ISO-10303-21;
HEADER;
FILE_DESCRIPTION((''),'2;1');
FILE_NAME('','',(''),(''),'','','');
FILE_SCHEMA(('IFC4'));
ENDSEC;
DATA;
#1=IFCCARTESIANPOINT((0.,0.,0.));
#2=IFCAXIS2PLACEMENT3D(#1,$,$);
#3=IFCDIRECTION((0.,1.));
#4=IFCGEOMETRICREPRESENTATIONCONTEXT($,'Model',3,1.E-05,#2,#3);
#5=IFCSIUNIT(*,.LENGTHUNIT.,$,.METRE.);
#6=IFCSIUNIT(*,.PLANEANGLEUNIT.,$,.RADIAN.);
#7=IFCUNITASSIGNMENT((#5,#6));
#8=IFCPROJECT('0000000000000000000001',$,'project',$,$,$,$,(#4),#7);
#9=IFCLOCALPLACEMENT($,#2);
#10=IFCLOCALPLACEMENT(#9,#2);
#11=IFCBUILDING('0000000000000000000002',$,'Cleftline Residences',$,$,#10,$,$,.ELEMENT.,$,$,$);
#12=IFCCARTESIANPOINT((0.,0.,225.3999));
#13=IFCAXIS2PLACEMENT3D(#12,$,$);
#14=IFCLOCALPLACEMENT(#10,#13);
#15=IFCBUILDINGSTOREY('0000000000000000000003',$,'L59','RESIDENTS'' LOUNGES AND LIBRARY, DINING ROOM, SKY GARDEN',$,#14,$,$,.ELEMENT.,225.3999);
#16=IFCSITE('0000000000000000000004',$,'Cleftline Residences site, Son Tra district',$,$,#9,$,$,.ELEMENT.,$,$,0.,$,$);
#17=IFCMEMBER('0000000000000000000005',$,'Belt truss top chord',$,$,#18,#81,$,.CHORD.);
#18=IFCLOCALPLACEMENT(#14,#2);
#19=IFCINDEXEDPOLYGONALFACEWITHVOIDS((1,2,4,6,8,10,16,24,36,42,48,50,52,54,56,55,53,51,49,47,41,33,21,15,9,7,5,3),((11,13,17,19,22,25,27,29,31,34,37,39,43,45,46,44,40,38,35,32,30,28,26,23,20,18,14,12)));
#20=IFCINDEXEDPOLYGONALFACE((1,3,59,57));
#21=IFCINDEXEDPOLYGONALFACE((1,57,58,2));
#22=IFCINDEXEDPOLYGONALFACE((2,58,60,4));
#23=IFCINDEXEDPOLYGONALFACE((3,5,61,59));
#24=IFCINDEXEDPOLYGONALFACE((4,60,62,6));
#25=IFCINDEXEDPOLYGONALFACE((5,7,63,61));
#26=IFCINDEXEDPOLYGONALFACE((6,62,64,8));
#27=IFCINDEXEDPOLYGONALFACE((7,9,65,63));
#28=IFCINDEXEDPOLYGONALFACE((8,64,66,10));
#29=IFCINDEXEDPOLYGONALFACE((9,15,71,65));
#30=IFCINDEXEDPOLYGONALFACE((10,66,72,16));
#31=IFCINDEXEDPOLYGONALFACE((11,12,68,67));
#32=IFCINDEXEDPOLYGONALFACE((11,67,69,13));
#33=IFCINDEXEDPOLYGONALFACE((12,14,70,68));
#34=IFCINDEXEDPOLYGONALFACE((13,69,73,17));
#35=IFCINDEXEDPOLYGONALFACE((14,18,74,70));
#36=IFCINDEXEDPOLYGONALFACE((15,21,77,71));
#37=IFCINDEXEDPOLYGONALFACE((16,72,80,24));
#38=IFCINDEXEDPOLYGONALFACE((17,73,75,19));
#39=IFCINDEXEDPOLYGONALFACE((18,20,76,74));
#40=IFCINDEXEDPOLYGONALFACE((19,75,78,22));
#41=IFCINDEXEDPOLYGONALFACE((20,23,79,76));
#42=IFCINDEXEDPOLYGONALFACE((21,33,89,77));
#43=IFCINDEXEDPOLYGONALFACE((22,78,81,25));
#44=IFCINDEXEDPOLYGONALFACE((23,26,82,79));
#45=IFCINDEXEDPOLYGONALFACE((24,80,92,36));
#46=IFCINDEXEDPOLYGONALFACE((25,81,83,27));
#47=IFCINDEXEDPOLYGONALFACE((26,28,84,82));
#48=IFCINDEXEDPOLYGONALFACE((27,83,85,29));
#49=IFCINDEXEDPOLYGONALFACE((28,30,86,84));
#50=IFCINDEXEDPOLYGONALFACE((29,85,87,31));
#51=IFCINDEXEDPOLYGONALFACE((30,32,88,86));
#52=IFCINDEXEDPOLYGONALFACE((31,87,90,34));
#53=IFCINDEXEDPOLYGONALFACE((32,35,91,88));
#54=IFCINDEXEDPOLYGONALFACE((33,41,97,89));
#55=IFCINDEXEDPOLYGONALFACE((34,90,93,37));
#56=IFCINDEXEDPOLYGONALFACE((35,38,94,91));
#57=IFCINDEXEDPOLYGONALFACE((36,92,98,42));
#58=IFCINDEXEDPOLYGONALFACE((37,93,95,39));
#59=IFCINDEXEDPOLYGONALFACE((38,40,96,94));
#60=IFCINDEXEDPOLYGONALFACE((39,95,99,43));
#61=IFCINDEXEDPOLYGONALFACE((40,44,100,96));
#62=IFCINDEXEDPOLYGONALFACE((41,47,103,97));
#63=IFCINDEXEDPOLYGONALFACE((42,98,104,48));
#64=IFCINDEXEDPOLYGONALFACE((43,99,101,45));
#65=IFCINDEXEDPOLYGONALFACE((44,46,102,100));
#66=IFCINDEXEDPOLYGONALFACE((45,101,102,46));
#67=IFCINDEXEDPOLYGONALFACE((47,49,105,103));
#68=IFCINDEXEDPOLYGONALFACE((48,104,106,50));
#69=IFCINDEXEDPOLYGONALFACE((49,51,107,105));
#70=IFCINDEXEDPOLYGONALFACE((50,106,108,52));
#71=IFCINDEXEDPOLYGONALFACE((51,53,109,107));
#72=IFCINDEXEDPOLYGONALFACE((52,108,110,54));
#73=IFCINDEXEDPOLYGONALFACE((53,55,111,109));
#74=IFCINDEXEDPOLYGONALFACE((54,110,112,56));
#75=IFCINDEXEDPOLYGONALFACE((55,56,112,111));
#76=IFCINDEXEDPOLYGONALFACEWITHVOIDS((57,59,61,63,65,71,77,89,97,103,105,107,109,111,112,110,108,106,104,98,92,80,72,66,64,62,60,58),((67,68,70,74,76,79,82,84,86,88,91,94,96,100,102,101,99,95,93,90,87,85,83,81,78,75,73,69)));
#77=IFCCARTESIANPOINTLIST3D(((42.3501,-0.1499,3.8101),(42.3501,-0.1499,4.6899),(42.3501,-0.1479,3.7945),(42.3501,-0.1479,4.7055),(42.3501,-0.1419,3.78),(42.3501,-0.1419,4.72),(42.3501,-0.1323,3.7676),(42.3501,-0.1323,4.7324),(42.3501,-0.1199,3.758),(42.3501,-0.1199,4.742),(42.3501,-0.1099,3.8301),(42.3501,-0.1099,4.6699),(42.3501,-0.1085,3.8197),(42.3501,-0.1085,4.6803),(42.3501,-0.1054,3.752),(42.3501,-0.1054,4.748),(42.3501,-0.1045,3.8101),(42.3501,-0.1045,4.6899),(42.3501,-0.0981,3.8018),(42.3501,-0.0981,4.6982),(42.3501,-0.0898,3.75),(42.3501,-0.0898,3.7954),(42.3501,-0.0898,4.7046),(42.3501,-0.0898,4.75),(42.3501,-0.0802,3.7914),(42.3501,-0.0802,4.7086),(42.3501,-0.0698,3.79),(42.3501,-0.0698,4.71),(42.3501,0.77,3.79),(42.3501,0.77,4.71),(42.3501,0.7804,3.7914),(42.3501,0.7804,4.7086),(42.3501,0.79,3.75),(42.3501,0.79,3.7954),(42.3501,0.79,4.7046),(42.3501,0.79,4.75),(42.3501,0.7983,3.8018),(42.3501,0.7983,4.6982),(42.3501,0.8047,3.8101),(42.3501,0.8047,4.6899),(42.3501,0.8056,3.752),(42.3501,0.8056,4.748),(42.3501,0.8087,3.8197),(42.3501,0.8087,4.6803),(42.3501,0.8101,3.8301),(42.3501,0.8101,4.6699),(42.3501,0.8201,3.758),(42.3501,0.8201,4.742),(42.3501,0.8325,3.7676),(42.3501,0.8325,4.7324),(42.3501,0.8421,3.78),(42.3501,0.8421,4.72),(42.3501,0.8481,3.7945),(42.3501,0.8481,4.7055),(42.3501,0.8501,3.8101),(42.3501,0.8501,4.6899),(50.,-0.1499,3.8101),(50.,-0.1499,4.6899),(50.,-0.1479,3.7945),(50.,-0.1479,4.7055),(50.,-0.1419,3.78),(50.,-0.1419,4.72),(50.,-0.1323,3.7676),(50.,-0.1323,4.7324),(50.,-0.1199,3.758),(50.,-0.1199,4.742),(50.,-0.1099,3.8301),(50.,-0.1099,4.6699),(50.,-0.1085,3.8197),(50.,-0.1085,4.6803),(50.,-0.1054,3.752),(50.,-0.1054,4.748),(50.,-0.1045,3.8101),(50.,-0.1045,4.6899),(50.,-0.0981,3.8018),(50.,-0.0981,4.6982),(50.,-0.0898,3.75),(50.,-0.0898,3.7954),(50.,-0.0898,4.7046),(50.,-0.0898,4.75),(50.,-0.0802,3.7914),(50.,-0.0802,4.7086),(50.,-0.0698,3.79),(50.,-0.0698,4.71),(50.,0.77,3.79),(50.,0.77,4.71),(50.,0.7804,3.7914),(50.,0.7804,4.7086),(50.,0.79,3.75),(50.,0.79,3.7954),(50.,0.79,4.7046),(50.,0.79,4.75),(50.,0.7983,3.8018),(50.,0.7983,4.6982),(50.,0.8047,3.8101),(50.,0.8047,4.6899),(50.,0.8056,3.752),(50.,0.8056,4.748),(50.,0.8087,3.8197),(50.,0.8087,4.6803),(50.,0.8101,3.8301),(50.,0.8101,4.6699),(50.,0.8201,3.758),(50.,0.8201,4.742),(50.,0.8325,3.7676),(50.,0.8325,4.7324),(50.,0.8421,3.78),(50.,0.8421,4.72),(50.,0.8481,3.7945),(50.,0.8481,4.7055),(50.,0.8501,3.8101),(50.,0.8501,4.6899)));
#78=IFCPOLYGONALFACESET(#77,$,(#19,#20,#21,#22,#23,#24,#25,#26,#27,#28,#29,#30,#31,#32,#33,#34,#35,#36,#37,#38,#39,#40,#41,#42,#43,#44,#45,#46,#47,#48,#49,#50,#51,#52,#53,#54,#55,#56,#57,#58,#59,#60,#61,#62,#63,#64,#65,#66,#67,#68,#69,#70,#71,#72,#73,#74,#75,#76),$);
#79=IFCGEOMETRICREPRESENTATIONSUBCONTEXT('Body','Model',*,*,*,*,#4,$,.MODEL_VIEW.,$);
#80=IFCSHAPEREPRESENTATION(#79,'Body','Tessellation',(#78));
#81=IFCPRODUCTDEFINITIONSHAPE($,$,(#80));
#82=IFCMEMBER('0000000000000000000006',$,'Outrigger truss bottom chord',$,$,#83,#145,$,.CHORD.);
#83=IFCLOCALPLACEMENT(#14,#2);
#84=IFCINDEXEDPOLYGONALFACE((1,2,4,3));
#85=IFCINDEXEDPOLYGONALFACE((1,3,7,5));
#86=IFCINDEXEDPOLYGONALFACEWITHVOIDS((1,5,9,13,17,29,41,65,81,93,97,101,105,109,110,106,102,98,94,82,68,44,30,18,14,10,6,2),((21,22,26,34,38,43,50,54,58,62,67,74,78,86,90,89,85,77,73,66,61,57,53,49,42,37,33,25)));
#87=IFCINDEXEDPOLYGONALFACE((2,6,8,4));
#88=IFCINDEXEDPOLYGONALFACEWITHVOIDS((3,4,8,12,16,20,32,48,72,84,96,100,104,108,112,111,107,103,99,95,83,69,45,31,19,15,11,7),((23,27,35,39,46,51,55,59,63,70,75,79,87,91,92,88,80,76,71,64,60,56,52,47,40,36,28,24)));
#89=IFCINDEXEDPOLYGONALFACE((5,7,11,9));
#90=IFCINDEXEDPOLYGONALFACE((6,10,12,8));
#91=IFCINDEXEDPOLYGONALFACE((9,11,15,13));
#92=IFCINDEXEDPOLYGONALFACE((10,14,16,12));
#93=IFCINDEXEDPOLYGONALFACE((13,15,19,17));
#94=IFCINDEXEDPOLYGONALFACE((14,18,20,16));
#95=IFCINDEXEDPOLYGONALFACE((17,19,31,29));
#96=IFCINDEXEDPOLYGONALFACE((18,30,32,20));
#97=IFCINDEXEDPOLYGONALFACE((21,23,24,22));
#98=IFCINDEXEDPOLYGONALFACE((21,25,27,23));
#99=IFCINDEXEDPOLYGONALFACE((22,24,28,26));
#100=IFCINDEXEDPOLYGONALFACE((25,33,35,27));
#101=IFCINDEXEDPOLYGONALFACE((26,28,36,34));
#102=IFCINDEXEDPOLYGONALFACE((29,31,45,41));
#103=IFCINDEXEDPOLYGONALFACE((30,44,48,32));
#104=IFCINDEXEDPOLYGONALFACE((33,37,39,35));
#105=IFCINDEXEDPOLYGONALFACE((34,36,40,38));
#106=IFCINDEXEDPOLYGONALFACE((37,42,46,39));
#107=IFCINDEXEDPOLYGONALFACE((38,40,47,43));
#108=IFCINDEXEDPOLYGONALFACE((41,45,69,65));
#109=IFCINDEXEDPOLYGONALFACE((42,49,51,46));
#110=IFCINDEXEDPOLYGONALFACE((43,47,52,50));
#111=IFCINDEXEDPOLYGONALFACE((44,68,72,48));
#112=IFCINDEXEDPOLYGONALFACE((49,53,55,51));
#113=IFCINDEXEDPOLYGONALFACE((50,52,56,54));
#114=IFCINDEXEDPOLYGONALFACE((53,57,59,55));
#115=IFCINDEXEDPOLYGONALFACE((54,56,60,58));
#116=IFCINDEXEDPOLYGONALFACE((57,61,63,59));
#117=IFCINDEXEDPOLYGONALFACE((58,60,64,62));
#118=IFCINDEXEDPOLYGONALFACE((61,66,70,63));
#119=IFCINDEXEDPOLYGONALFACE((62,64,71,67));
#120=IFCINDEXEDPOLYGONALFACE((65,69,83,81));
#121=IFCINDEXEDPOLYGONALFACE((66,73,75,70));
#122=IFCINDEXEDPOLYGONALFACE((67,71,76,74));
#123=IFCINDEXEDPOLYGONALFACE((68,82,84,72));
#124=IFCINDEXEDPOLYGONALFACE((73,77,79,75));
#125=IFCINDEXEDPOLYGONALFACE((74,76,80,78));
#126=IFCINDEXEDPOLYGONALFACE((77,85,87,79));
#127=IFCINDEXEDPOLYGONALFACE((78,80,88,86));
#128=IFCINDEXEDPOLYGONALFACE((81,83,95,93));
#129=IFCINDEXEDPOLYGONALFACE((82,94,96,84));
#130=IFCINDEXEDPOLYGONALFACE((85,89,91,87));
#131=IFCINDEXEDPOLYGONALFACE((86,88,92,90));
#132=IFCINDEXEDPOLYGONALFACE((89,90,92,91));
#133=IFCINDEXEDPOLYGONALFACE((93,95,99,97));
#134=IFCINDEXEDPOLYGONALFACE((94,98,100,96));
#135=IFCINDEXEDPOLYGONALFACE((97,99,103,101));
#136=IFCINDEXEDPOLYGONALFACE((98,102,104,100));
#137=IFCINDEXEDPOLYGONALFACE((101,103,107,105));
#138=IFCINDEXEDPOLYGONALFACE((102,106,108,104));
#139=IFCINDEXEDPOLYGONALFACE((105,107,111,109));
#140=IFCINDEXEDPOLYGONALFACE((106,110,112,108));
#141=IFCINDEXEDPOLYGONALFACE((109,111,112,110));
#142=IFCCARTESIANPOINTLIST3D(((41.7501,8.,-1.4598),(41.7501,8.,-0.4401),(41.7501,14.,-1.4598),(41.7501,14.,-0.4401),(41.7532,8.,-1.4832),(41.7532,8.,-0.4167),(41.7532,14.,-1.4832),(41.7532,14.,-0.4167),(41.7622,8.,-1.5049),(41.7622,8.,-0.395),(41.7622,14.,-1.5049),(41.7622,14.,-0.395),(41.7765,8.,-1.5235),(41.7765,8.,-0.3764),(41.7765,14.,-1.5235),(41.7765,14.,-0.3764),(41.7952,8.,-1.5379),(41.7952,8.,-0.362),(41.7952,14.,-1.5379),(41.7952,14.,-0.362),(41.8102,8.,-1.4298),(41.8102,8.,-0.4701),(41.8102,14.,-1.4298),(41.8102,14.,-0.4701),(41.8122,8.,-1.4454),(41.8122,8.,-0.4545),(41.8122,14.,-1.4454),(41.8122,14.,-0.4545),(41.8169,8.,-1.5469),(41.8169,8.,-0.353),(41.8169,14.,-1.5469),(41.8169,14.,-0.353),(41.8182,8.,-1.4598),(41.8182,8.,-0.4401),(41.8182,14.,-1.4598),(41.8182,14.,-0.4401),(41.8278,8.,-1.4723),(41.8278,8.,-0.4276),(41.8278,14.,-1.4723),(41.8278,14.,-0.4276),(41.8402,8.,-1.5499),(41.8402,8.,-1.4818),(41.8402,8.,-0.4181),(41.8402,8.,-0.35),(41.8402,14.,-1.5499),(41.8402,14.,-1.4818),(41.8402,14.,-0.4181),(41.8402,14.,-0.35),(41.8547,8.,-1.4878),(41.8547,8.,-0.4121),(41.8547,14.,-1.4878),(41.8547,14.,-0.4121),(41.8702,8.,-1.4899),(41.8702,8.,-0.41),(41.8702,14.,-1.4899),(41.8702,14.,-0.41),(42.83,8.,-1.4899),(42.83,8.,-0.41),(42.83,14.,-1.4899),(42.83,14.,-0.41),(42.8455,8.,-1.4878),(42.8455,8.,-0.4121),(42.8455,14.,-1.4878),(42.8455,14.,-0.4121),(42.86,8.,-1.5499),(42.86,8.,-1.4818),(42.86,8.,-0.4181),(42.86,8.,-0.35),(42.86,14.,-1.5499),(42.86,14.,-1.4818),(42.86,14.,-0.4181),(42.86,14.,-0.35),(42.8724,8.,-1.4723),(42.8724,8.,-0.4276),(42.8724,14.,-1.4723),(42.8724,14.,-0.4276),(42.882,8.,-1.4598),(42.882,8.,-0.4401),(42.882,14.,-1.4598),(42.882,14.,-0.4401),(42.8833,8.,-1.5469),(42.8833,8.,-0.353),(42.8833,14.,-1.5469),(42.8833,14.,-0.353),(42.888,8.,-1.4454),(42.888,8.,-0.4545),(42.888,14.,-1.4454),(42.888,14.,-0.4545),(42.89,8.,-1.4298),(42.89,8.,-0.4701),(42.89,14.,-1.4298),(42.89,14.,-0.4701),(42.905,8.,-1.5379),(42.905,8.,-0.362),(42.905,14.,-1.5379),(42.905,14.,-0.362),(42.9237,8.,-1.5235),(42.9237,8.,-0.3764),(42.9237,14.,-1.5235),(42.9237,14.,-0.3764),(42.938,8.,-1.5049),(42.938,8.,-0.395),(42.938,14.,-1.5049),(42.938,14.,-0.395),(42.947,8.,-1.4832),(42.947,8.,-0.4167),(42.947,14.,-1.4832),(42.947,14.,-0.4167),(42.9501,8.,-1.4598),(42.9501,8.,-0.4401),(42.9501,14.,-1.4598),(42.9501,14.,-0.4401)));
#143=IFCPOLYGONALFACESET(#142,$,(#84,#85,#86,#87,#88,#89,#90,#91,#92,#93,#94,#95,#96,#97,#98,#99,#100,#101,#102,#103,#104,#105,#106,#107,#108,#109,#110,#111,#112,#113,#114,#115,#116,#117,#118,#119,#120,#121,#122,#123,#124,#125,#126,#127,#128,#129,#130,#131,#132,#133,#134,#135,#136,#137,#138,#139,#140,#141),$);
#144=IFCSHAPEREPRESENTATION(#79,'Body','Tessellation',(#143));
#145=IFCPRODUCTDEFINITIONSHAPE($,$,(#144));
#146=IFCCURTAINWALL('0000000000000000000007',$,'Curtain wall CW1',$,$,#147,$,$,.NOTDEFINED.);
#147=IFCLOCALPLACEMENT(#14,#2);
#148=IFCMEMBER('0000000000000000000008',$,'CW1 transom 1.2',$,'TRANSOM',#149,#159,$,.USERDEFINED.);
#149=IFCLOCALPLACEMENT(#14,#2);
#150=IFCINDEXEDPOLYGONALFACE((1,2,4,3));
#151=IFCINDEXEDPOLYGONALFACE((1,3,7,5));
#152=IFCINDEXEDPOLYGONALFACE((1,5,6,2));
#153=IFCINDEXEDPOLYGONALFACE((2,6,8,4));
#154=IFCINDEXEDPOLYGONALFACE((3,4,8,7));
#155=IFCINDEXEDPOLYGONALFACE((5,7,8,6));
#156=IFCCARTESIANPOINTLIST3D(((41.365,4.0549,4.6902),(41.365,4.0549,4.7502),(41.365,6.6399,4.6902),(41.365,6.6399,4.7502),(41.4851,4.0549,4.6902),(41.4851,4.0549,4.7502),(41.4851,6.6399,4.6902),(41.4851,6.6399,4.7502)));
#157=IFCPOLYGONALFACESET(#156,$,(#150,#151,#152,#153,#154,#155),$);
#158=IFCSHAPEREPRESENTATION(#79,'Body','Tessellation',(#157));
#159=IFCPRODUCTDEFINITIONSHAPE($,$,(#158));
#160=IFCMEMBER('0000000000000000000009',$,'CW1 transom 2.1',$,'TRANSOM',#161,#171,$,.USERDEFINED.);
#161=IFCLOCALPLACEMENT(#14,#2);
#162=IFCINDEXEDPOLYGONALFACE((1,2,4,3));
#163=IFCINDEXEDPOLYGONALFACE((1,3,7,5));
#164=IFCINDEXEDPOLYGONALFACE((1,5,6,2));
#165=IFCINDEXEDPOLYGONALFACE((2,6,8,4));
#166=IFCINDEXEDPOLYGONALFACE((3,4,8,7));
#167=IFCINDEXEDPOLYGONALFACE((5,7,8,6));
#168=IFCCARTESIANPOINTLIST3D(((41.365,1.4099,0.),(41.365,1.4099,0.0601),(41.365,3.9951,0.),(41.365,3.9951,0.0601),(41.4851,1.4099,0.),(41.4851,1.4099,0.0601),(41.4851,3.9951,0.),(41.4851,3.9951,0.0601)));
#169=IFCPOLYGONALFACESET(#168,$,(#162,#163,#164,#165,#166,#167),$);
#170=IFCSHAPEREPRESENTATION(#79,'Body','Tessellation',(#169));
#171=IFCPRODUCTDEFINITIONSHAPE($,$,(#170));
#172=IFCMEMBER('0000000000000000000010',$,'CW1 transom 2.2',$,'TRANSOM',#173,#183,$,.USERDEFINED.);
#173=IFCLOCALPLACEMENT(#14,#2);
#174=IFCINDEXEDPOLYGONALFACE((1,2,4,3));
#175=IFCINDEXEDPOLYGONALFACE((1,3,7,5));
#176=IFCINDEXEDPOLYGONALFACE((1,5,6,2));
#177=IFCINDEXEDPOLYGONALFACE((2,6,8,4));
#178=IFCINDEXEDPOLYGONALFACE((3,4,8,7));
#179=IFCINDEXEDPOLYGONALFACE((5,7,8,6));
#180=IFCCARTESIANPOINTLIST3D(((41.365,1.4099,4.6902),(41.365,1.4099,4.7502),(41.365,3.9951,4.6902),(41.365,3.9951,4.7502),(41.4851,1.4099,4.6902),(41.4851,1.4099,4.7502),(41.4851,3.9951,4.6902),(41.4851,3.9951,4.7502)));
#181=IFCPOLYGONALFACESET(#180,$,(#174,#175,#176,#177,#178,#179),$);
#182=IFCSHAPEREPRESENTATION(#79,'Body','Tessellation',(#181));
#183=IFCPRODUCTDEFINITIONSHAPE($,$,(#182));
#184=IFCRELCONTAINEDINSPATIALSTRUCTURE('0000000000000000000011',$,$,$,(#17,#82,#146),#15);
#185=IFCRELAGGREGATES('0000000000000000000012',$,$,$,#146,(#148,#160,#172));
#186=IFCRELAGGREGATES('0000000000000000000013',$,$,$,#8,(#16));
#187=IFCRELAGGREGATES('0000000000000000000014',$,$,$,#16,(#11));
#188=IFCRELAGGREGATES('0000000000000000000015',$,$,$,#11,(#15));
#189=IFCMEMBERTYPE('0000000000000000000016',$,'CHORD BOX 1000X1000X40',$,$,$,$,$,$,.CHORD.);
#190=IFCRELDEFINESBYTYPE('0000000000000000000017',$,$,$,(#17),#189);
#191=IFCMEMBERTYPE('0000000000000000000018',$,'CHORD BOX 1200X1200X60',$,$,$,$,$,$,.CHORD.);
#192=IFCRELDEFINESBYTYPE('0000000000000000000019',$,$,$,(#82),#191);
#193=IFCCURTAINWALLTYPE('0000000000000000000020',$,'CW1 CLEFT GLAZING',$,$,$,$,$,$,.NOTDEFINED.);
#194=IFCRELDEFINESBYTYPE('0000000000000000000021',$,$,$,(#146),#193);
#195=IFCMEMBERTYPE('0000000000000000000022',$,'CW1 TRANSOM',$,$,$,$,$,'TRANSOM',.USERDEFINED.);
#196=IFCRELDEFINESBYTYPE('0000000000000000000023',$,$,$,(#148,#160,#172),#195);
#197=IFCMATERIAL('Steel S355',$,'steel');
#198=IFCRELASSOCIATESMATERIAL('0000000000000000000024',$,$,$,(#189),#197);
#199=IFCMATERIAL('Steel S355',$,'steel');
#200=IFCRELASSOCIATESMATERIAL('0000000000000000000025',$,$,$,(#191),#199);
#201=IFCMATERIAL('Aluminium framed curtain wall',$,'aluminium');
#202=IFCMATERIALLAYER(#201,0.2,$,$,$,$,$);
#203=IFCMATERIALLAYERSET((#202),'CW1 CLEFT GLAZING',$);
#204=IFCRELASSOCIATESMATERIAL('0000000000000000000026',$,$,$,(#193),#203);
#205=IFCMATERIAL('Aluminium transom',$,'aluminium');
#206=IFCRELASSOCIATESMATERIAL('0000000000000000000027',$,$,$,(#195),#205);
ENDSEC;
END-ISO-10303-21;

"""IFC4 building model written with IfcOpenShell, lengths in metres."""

from ifc_helpers import new_model, si_unit, direction, frame, origin, origin_2d, place, context, subcontext, project, spatial, rectangle, hollow_rectangle, extrude, material, layer, layer_set, material_profile, profile_set, type_object, element, aggregate, save


model = new_model("IFC4")

# Units and contexts
model_context = context("Model", 3, precision=1e-05, world=origin(), true_north=direction((0.0, 1.0)))
body_context = subcontext(model_context, "Body", "Model", "MODEL_VIEW")
ifc_project = project(units=[si_unit("LENGTHUNIT", "METRE"), si_unit("PLANEANGLEUNIT", "RADIAN")], contexts=[model_context])

# Site, building, storey
site_placement = place(None, origin())
site = spatial("IfcSite", under=ifc_project, at=site_placement, Name="Cleftline Residences site, Son Tra district", CompositionType="ELEMENT", RefElevation=0.0)
building_placement = place(site_placement, origin())
building = spatial("IfcBuilding", under=site, at=building_placement, Name="Cleftline Residences", CompositionType="ELEMENT")
storey_placement = place(building_placement, frame((0.0, 0.0, 225.3999)))
storey = spatial("IfcBuildingStorey", under=building, at=storey_placement, Name="L59", Description="RESIDENTS' LOUNGES AND LIBRARY, DINING ROOM, SKY GARDEN", CompositionType="ELEMENT", Elevation=225.3999)

# Members
ifc_material_1 = material(Name="Steel S355", Category="steel")
ifc_material_profile_1 = material_profile(ifc_material_1, hollow_rectangle(XDim=1.0, YDim=1.0, WallThickness=0.04, InnerFilletRadius=0.04, OuterFilletRadius=0.0601, at=origin_2d()))
ifc_profile_set_1 = profile_set([ifc_material_profile_1], Name="Steel S355")
member_type_1 = type_object("IfcMemberType", Name="CHORD BOX 1000X1000X40", PredefinedType="CHORD", material=ifc_profile_set_1)
for number, where, z_axis, x_axis, name in (
    (1, (42.3501, 0.3501, 4.25), (1.0, 0.0, 0.0), (0.0, 1.0, 0.0), "Belt truss top chord"),
):
    element("IfcMember", number, at=place(storey_placement, frame(where, z_axis=z_axis, x_axis=x_axis)), inside=storey, type_object=member_type_1, Name=name, PredefinedType="CHORD", context=body_context, shape_type="SweptSolid", body=[
        extrude(hollow_rectangle(XDim=1.0, YDim=1.0, WallThickness=0.04, InnerFilletRadius=0.04, OuterFilletRadius=0.0601, at=origin_2d()), origin(), (0.0, 0.0, 1.0), 7.6499),
    ])
ifc_material_2 = material(Name="Steel S355", Category="steel")
ifc_material_profile_2 = material_profile(ifc_material_2, hollow_rectangle(XDim=1.2, YDim=1.2, WallThickness=0.0601, InnerFilletRadius=0.0601, OuterFilletRadius=0.0901, at=origin_2d()))
ifc_profile_set_2 = profile_set([ifc_material_profile_2], Name="Steel S355")
member_type_2 = type_object("IfcMemberType", Name="CHORD BOX 1200X1200X60", PredefinedType="CHORD", material=ifc_profile_set_2)
member_1_placement = place(storey_placement, frame((42.3501, 8.0, -0.95), z_axis=(0.0, 1.0, 0.0), x_axis=(-1.0, 0.0, 0.0)))
element("IfcMember", 2, at=member_1_placement, inside=storey, type_object=member_type_2, Name="Outrigger truss bottom chord", PredefinedType="CHORD", context=body_context, shape_type="SweptSolid", body=[
    extrude(hollow_rectangle(XDim=1.2, YDim=1.2, WallThickness=0.0601, InnerFilletRadius=0.0601, OuterFilletRadius=0.0901, at=origin_2d()), origin(), (0.0, 0.0, 1.0), 6.0),
])

# Curtain wall, members
ifc_material_3 = material(Name="Aluminium framed curtain wall", Category="aluminium")
ifc_layer_1 = layer(ifc_material_3, 0.2)
ifc_layer_set_1 = layer_set([ifc_layer_1], Name="CW1 CLEFT GLAZING")
curtain_wall_type = type_object("IfcCurtainWallType", Name="CW1 CLEFT GLAZING", PredefinedType="NOTDEFINED", material=ifc_layer_set_1)
curtain_wall_placement = place(storey_placement, origin())
curtain_wall = element("IfcCurtainWall", 3, at=curtain_wall_placement, inside=storey, type_object=curtain_wall_type, Name="Curtain wall CW1", PredefinedType="NOTDEFINED")
ifc_material_4 = material(Name="Aluminium transom", Category="aluminium")
ifc_material_profile_3 = material_profile(ifc_material_4, rectangle(XDim=0.1201, YDim=0.0601, at=origin_2d()))
ifc_profile_set_3 = profile_set([ifc_material_profile_3], Name="Aluminium transom")
member_type_3 = type_object("IfcMemberType", Name="CW1 TRANSOM", ElementType="TRANSOM", PredefinedType="USERDEFINED", material=ifc_profile_set_3)
member_2_placement = place(storey_placement, frame((41.425, 6.6399, 4.7202), z_axis=(0.0, -1.0, 0.0), x_axis=(1.0, 0.0, 0.0)))
member_2 = element("IfcMember", 4, at=member_2_placement, type_object=member_type_3, Name="CW1 transom 1.2", ObjectType="TRANSOM", PredefinedType="USERDEFINED", context=body_context, shape_type="SweptSolid", body=[
    extrude(rectangle(XDim=0.1201, YDim=0.0601, at=origin_2d()), origin(), (0.0, 0.0, 1.0), 2.585),
])
member_3_placement = place(storey_placement, frame((41.425, 3.9951, 0.03), z_axis=(0.0, -1.0, 0.0), x_axis=(1.0, 0.0, 0.0)))
member_3 = element("IfcMember", 5, at=member_3_placement, type_object=member_type_3, Name="CW1 transom 2.1", ObjectType="TRANSOM", PredefinedType="USERDEFINED", context=body_context, shape_type="SweptSolid", body=[
    extrude(rectangle(XDim=0.1201, YDim=0.0601, at=origin_2d()), origin(), (0.0, 0.0, 1.0), 2.5852),
])
member_4_placement = place(storey_placement, frame((41.425, 3.9951, 4.7202), z_axis=(0.0, -1.0, 0.0), x_axis=(1.0, 0.0, 0.0)))
member_4 = element("IfcMember", 6, at=member_4_placement, type_object=member_type_3, Name="CW1 transom 2.2", ObjectType="TRANSOM", PredefinedType="USERDEFINED", context=body_context, shape_type="SweptSolid", body=[
    extrude(rectangle(XDim=0.1201, YDim=0.0601, at=origin_2d()), origin(), (0.0, 0.0, 1.0), 2.5852),
])
aggregate(curtain_wall, [member_2, member_3, member_4])

save(model, "model.ifc")
